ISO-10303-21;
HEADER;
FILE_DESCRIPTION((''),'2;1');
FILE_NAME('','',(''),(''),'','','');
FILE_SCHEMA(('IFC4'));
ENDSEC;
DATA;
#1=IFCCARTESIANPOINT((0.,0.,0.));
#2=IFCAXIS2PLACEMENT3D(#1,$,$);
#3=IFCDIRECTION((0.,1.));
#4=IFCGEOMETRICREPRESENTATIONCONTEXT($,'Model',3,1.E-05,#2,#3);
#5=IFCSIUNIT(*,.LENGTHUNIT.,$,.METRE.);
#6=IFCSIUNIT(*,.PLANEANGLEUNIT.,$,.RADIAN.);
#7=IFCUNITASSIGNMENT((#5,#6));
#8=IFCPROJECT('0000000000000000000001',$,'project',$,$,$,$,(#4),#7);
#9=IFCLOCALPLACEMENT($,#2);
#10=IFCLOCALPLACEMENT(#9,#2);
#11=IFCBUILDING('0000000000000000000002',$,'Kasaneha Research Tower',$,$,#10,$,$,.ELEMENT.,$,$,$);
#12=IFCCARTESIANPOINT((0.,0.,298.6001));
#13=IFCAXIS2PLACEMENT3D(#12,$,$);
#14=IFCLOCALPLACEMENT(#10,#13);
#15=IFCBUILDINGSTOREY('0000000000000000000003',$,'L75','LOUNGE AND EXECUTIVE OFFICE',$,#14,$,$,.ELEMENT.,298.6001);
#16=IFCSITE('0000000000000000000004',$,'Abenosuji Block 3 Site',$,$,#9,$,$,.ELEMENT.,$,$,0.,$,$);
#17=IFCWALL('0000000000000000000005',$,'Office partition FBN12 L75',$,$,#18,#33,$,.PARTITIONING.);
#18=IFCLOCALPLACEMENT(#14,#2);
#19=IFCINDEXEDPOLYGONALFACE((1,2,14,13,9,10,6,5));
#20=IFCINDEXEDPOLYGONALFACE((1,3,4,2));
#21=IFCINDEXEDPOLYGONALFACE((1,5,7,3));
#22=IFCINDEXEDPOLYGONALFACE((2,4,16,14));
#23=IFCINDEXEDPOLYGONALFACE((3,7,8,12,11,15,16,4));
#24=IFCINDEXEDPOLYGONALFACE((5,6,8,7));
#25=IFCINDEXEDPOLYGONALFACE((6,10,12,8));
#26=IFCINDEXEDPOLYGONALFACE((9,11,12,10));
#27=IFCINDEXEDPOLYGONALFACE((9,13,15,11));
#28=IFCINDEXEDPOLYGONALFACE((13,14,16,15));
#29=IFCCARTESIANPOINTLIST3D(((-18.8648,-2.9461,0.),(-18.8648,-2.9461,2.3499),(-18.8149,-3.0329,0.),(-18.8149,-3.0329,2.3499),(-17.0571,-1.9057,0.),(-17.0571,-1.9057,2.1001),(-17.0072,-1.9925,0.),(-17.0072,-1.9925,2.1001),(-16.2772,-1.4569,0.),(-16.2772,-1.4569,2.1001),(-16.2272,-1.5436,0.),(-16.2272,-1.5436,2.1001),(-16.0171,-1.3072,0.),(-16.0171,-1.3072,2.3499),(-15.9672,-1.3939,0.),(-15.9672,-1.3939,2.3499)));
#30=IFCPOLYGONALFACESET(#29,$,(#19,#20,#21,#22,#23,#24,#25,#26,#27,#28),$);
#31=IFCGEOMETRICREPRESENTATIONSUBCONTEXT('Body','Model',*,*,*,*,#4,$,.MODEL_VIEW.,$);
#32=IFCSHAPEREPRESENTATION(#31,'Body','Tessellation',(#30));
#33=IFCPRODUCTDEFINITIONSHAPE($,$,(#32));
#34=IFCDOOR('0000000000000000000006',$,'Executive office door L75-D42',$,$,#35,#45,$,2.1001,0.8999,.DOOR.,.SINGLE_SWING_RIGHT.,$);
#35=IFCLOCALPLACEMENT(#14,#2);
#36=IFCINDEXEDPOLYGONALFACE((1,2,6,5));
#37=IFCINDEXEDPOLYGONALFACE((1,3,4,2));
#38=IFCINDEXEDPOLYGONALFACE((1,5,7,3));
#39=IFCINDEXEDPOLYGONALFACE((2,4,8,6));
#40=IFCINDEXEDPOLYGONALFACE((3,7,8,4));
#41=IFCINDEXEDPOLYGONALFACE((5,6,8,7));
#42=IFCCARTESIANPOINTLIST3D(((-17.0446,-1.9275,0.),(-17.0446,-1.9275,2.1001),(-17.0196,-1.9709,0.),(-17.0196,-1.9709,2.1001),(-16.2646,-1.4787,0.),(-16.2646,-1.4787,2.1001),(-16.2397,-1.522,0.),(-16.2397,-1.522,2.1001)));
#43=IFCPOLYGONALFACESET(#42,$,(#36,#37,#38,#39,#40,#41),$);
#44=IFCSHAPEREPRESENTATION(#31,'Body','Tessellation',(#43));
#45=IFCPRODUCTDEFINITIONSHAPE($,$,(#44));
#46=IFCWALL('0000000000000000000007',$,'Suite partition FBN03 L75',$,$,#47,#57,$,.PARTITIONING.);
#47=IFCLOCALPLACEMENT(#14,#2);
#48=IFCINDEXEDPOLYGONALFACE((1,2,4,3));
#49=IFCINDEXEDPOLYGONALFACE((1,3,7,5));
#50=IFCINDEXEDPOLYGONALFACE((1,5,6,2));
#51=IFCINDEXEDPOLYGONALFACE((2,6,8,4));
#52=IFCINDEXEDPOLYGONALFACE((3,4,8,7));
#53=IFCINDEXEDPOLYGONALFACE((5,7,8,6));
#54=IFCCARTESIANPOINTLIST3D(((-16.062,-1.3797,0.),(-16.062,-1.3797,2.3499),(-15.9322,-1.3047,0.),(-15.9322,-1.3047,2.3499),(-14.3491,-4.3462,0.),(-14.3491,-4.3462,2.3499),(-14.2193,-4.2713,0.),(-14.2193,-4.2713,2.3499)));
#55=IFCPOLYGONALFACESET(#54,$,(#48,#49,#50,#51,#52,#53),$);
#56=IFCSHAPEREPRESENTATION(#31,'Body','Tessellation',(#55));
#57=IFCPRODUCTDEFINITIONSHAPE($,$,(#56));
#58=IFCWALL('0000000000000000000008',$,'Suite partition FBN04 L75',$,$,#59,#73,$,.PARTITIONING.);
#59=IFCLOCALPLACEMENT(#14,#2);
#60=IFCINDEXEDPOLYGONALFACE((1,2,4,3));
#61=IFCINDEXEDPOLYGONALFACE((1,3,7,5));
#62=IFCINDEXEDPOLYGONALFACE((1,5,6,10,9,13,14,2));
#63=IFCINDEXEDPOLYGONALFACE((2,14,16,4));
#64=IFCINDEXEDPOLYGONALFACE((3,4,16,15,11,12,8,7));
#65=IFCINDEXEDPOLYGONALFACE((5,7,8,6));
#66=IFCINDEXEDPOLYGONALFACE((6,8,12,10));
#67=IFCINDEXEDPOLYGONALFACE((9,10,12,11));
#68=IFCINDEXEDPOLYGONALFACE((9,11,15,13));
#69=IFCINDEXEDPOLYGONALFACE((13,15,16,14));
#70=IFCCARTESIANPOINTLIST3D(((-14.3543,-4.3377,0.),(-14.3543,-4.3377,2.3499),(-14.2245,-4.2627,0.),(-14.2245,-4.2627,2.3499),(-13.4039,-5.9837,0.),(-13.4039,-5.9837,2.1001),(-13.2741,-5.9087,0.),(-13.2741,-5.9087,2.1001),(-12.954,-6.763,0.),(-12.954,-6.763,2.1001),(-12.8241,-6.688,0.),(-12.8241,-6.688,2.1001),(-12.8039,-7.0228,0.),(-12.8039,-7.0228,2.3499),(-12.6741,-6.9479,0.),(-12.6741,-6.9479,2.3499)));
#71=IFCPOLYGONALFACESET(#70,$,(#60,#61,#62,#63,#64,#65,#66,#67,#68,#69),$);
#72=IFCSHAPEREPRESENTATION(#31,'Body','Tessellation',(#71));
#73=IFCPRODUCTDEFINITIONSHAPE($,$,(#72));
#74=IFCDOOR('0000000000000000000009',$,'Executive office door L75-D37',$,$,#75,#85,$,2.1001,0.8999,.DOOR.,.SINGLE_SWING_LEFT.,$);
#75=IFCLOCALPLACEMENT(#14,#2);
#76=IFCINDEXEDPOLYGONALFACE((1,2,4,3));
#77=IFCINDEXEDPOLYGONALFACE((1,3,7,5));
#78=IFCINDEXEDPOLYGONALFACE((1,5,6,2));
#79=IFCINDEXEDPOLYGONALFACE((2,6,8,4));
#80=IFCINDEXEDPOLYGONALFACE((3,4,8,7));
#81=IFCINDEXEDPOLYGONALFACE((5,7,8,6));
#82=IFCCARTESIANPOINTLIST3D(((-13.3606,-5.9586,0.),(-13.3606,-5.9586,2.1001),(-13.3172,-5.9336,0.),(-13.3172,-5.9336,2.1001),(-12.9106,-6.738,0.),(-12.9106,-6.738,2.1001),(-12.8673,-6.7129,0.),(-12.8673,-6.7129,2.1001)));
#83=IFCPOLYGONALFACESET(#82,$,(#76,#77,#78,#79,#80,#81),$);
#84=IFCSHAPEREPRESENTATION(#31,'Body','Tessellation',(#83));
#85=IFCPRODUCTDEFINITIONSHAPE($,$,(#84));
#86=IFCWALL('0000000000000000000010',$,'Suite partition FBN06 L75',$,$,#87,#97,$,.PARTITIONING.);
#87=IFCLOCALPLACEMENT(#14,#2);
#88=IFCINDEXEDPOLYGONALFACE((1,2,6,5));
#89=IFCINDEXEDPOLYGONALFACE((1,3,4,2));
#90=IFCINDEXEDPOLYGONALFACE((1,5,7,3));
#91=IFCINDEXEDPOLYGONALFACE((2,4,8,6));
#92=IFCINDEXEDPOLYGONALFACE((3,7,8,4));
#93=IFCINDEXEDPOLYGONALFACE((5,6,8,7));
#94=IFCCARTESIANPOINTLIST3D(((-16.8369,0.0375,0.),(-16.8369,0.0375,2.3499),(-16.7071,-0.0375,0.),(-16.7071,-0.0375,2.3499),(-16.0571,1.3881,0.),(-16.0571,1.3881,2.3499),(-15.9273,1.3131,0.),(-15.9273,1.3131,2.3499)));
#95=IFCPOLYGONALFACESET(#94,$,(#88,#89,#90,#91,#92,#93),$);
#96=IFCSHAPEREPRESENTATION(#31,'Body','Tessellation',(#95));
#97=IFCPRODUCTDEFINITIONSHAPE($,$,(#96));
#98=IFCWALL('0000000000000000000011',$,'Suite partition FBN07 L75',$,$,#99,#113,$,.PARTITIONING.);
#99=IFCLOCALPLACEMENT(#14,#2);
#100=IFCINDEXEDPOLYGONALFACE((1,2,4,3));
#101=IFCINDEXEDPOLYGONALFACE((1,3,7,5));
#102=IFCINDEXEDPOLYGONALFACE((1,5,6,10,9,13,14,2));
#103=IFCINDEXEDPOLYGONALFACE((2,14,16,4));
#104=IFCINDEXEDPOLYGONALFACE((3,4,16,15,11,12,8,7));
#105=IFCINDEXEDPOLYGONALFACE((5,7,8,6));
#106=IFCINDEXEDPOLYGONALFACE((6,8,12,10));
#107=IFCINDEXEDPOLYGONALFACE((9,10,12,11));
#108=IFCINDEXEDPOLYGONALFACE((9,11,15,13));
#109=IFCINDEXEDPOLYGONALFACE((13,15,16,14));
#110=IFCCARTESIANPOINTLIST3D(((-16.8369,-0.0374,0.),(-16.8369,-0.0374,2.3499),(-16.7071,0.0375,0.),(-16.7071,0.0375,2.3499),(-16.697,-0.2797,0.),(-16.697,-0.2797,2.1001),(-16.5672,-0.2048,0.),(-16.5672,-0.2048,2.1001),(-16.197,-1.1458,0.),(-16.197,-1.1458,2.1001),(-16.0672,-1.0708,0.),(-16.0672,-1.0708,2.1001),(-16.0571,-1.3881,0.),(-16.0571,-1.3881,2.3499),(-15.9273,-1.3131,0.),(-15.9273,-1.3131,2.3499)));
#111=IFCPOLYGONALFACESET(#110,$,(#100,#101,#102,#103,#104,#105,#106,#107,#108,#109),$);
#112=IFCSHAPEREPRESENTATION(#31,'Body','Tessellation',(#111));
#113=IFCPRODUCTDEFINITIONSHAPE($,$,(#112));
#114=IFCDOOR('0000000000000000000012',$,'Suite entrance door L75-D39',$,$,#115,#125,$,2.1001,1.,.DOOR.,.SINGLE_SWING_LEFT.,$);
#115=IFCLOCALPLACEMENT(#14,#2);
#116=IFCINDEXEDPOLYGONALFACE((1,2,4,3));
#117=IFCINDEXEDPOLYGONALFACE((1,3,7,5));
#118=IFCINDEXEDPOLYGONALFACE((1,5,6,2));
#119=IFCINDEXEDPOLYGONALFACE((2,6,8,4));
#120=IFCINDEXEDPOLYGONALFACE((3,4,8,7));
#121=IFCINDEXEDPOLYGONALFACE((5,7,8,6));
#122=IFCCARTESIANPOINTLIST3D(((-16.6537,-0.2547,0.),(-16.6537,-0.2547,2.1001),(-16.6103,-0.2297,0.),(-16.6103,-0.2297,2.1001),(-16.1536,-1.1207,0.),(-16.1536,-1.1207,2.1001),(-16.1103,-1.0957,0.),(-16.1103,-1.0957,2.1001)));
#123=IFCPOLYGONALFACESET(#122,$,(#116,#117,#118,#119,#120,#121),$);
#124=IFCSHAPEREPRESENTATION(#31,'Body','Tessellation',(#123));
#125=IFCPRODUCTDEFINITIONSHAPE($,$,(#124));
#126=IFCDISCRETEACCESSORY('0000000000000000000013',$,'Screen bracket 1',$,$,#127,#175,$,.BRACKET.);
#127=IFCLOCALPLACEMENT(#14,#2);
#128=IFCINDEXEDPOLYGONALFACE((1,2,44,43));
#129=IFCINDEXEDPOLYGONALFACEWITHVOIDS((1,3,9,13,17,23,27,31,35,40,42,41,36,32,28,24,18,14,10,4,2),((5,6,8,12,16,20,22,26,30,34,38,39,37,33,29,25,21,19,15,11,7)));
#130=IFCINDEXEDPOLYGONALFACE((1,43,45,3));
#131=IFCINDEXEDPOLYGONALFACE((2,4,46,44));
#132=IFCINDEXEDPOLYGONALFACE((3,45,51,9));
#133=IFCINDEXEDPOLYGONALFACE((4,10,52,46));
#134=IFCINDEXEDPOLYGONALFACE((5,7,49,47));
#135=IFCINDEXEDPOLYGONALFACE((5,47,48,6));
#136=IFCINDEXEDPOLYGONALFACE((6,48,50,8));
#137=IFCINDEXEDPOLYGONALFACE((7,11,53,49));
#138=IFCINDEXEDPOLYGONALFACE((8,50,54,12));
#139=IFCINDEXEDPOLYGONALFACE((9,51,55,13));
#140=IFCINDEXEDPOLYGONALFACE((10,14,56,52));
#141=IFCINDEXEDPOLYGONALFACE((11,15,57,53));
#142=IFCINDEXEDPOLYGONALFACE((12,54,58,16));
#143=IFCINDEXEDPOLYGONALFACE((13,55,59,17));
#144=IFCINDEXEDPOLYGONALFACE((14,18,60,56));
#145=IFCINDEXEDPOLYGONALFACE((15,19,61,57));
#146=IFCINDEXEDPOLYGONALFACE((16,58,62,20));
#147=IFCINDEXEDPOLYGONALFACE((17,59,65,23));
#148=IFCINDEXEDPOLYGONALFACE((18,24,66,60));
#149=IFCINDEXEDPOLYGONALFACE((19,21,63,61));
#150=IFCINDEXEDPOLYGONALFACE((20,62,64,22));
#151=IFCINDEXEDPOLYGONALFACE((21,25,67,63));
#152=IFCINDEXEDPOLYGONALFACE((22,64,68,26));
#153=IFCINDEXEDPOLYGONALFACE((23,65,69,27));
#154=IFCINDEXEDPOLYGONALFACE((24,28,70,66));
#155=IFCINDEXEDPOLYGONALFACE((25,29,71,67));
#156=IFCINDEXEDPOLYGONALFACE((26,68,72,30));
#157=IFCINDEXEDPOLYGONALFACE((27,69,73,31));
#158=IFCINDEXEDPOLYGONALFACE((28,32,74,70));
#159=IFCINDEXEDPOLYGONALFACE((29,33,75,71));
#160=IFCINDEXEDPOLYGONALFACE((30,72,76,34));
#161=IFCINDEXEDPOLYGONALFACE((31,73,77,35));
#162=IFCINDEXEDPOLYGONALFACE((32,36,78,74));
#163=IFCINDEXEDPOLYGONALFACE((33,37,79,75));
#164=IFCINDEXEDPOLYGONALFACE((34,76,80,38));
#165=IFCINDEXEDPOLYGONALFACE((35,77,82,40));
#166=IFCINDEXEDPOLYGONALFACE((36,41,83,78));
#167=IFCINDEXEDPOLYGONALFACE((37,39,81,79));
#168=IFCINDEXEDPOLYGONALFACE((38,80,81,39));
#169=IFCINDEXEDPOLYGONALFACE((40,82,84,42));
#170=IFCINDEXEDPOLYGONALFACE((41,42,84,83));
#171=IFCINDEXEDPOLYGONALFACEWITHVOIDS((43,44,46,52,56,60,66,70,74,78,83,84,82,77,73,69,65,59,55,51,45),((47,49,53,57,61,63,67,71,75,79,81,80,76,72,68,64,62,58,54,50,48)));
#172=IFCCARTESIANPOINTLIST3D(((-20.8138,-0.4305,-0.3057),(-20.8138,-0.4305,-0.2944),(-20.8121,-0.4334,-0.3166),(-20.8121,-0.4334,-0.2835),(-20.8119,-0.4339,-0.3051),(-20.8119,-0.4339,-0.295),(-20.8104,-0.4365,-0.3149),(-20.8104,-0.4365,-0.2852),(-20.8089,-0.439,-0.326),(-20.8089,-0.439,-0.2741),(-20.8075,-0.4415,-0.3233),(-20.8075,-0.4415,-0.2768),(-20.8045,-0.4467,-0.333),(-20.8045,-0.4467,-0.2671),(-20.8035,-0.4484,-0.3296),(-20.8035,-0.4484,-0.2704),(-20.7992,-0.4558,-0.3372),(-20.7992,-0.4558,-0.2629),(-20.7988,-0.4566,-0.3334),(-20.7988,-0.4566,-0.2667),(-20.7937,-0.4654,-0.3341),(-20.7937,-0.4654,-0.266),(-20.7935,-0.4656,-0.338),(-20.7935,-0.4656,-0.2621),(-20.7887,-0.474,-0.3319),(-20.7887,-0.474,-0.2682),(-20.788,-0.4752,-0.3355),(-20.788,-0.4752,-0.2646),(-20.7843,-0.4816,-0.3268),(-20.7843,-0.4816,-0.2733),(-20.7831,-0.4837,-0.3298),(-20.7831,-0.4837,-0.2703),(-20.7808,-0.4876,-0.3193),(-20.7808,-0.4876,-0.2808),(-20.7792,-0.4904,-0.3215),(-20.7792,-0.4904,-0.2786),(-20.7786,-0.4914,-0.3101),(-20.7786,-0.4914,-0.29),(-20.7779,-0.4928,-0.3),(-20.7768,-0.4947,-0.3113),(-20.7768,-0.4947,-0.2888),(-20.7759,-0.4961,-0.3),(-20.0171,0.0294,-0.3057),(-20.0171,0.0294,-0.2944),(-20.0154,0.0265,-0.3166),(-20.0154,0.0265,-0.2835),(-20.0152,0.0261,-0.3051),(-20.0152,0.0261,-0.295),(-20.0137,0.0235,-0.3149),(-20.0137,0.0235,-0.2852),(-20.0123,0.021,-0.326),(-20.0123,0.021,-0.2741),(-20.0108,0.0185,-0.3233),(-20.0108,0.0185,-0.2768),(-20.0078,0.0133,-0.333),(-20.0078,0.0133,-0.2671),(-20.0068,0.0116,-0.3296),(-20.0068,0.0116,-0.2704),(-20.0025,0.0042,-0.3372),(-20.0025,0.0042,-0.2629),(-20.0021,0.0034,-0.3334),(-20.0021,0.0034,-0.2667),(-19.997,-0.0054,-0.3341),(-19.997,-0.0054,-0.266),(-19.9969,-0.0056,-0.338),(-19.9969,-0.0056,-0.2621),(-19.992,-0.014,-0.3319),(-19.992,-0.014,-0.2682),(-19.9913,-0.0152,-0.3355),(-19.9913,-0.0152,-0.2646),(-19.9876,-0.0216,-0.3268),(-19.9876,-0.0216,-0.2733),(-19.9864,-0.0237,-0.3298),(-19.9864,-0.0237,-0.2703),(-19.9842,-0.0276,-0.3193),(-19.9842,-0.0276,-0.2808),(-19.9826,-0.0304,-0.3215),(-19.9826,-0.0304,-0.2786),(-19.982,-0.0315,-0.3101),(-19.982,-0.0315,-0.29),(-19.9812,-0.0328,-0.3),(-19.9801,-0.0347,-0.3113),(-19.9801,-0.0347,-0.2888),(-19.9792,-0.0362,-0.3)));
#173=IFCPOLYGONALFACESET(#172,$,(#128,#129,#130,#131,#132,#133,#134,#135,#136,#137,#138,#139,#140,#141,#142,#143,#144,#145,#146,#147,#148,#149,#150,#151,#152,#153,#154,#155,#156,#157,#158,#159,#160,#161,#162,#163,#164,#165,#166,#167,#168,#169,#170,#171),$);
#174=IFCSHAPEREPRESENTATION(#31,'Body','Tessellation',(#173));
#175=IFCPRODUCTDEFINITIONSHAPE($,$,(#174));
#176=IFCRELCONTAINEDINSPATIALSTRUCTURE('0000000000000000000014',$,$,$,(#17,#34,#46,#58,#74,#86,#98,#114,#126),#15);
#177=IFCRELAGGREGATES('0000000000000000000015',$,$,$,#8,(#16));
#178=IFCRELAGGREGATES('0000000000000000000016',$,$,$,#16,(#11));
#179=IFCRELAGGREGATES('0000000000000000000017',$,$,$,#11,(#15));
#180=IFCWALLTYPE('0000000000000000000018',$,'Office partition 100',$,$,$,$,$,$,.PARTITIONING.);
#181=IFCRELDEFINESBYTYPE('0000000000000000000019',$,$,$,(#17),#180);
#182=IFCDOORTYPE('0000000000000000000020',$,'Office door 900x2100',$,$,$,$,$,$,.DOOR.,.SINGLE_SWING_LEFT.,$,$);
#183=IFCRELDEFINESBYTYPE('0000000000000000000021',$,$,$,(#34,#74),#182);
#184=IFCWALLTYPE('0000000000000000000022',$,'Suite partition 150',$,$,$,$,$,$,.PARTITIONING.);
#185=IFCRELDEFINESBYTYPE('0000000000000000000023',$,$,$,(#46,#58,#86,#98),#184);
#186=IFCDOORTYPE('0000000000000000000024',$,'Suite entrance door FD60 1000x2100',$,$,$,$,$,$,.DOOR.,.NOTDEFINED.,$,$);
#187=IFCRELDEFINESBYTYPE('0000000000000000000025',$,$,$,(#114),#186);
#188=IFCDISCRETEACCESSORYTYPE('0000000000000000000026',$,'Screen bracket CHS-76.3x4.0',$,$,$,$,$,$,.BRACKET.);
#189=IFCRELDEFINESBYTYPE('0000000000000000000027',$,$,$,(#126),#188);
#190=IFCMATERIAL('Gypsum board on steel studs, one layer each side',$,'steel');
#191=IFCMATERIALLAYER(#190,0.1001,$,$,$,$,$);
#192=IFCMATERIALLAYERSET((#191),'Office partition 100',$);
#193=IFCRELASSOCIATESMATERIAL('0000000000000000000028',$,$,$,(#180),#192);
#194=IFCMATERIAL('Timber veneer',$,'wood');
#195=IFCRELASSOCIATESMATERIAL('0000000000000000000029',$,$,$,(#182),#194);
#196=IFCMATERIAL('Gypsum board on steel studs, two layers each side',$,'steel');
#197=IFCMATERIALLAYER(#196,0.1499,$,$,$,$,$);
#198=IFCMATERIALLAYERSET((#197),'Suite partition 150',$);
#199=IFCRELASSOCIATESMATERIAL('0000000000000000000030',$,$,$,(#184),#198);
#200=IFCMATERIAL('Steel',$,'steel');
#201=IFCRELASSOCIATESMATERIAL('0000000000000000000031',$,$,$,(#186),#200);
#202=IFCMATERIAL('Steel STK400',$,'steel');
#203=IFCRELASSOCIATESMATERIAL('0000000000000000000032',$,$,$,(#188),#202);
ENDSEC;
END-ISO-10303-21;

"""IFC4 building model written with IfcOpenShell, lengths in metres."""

from ifc_helpers import new_model, si_unit, direction, frame, frame_2d, origin, origin_2d, place, context, subcontext, project, spatial, rectangle, hollow_circle, extrude, material, layer, layer_set, material_profile, profile_set, type_object, element, fill, save


model = new_model("IFC4")

# Units and contexts
model_context = context("Model", 3, precision=1e-05, world=origin(), true_north=direction((0.0, 1.0)))
body_context = subcontext(model_context, "Body", "Model", "MODEL_VIEW")
ifc_project = project(units=[si_unit("LENGTHUNIT", "METRE"), si_unit("PLANEANGLEUNIT", "RADIAN")], contexts=[model_context])

# Site, building, storey
site_placement = place(None, origin())
site = spatial("IfcSite", under=ifc_project, at=site_placement, Name="Abenosuji Block 3 Site", CompositionType="ELEMENT", RefElevation=0.0)
building_placement = place(site_placement, origin())
building = spatial("IfcBuilding", under=site, at=building_placement, Name="Kasaneha Research Tower", CompositionType="ELEMENT")
storey_placement = place(building_placement, frame((0.0, 0.0, 298.6001)))
storey = spatial("IfcBuildingStorey", under=building, at=storey_placement, Name="L75", Description="LOUNGE AND EXECUTIVE OFFICE", CompositionType="ELEMENT", Elevation=298.6001)

# Shared definitions
ifc_material_1 = material(Name="Gypsum board on steel studs, one layer each side", Category="steel")
ifc_layer_1 = layer(ifc_material_1, 0.1001)
ifc_layer_set_1 = layer_set([ifc_layer_1], Name="Office partition 100")
wall_type_1 = type_object("IfcWallType", Name="Office partition 100", PredefinedType="PARTITIONING", material=ifc_layer_set_1)

# Wall, opening, door
wall_1_placement = place(storey_placement, frame((-18.8398, -2.9895, 0.0), z_axis=(0.0, 0.0, 1.0), x_axis=(0.866707, 0.498817, 0.0)))
wall_1 = element("IfcWall", 1, at=wall_1_placement, inside=storey, type_object=wall_type_1, Name="Office partition FBN12 L75", PredefinedType="PARTITIONING", context=body_context, shape_type="SweptSolid", body=[
    extrude(rectangle(XDim=3.2856, YDim=0.1001, at=frame_2d((1.6428, 0.0))), origin(), (0.0, 0.0, 1.0), 2.3499),
])
opening_1_placement = place(wall_1_placement, frame((2.0857, 0.0, 0.0)))
opening_1 = element("IfcOpeningElement", 2, at=opening_1_placement, cuts=wall_1, PredefinedType="OPENING", context=body_context, shape_type="SweptSolid", body=[
    extrude(rectangle(XDim=0.8999, YDim=2.1001, at=frame_2d((0.45, 1.05))), frame((0.0, 0.0601, 0.0), z_axis=(0.0, -1.0, 0.0), x_axis=(1.0, 0.0, 0.0)), (0.0, 0.0, 1.0), 0.1201),
])
ifc_material_2 = material(Name="Timber veneer", Category="wood")
door_type_1 = type_object("IfcDoorType", Name="Office door 900x2100", OperationType="SINGLE_SWING_LEFT", PredefinedType="DOOR", material=ifc_material_2)
door_1_placement = place(opening_1_placement, origin())
door_1 = element("IfcDoor", 3, at=door_1_placement, inside=storey, type_object=door_type_1, Name="Executive office door L75-D42", OperationType="SINGLE_SWING_RIGHT", OverallHeight=2.1001, OverallWidth=0.8999, PredefinedType="DOOR", context=body_context, shape_type="SweptSolid", body=[
    extrude(rectangle(XDim=0.8999, YDim=2.1001, at=frame_2d((0.45, 1.05))), frame((0.0, 0.0249, 0.0), z_axis=(0.0, -1.0, 0.0), x_axis=(1.0, 0.0, 0.0)), (0.0, 0.0, 1.0), 0.05),
])
fill(opening_1, door_1)

# Wall
ifc_material_3 = material(Name="Gypsum board on steel studs, two layers each side", Category="steel")
ifc_layer_2 = layer(ifc_material_3, 0.1499)
ifc_layer_set_2 = layer_set([ifc_layer_2], Name="Suite partition 150")
wall_type_2 = type_object("IfcWallType", Name="Suite partition 150", PredefinedType="PARTITIONING", material=ifc_layer_set_2)
wall_2_placement = place(storey_placement, frame((-14.2842, -4.3088, 0.0), z_axis=(0.0, 0.0, 1.0), x_axis=(-0.500033, 0.866006, 0.0)))
element("IfcWall", 4, at=wall_2_placement, inside=storey, type_object=wall_type_2, Name="Suite partition FBN03 L75", PredefinedType="PARTITIONING", context=body_context, shape_type="SweptSolid", body=[
    extrude(rectangle(XDim=3.4255, YDim=0.1499, at=frame_2d((1.7129, 0.0))), origin(), (0.0, 0.0, 1.0), 2.3499),
])

# Wall, opening, door
wall_3_placement = place(storey_placement, frame((-12.739, -6.9854, 0.0), z_axis=(0.0, 0.0, 1.0), x_axis=(-0.500018, 0.866015, 0.0)))
wall_3 = element("IfcWall", 5, at=wall_3_placement, inside=storey, type_object=wall_type_2, Name="Suite partition FBN04 L75", PredefinedType="PARTITIONING", context=body_context, shape_type="SweptSolid", body=[
    extrude(rectangle(XDim=3.1006, YDim=0.1499, at=frame_2d((1.5503, 0.0))), origin(), (0.0, 0.0, 1.0), 2.3499),
])
opening_2_placement = place(wall_3_placement, frame((0.3, 0.0, 0.0)))
opening_2 = element("IfcOpeningElement", 6, at=opening_2_placement, cuts=wall_3, PredefinedType="OPENING", context=body_context, shape_type="SweptSolid", body=[
    extrude(rectangle(XDim=0.8999, YDim=2.1001, at=frame_2d((0.45, 1.05))), frame((0.0, 0.085, 0.0), z_axis=(0.0, -1.0, 0.0), x_axis=(1.0, 0.0, 0.0)), (0.0, 0.0, 1.0), 0.1699),
])
door_2_placement = place(opening_2_placement, origin())
door_2 = element("IfcDoor", 7, at=door_2_placement, inside=storey, type_object=door_type_1, Name="Executive office door L75-D37", OperationType="SINGLE_SWING_LEFT", OverallHeight=2.1001, OverallWidth=0.8999, PredefinedType="DOOR", context=body_context, shape_type="SweptSolid", body=[
    extrude(rectangle(XDim=0.8999, YDim=2.1001, at=frame_2d((0.45, 1.05))), frame((0.0, 0.0249, 0.0), z_axis=(0.0, -1.0, 0.0), x_axis=(1.0, 0.0, 0.0)), (0.0, 0.0, 1.0), 0.05),
])
fill(opening_2, door_2)

# Wall
wall_4_placement = place(storey_placement, frame((-16.772, 0.0, 0.0), z_axis=(0.0, 0.0, 1.0), x_axis=(0.500012, 0.866019, 0.0)))
element("IfcWall", 8, at=wall_4_placement, inside=storey, type_object=wall_type_2, Name="Suite partition FBN06 L75", PredefinedType="PARTITIONING", context=body_context, shape_type="SweptSolid", body=[
    extrude(rectangle(XDim=1.5596, YDim=0.1499, at=frame_2d((0.7798, 0.0))), origin(), (0.0, 0.0, 1.0), 2.3499),
])

# Wall, opening, door
wall_5_placement = place(storey_placement, frame((-15.9922, -1.3506, 0.0), z_axis=(0.0, 0.0, 1.0), x_axis=(-0.500012, 0.866019, 0.0)))
wall_5 = element("IfcWall", 9, at=wall_5_placement, inside=storey, type_object=wall_type_2, Name="Suite partition FBN07 L75", PredefinedType="PARTITIONING", context=body_context, shape_type="SweptSolid", body=[
    extrude(rectangle(XDim=1.5596, YDim=0.1499, at=frame_2d((0.7798, 0.0))), origin(), (0.0, 0.0, 1.0), 2.3499),
])
opening_3_placement = place(wall_5_placement, frame((0.2798, 0.0, 0.0)))
opening_3 = element("IfcOpeningElement", 10, at=opening_3_placement, cuts=wall_5, PredefinedType="OPENING", context=body_context, shape_type="SweptSolid", body=[
    extrude(rectangle(XDim=1.0, YDim=2.1001, at=frame_2d((0.5, 1.05))), frame((0.0, 0.085, 0.0), z_axis=(0.0, -1.0, 0.0), x_axis=(1.0, 0.0, 0.0)), (0.0, 0.0, 1.0), 0.1699),
])
ifc_material_4 = material(Name="Steel", Category="steel")
door_type_2 = type_object("IfcDoorType", Name="Suite entrance door FD60 1000x2100", OperationType="NOTDEFINED", PredefinedType="DOOR", material=ifc_material_4)
door_3_placement = place(opening_3_placement, origin())
door_3 = element("IfcDoor", 11, at=door_3_placement, inside=storey, type_object=door_type_2, Name="Suite entrance door L75-D39", OperationType="SINGLE_SWING_LEFT", OverallHeight=2.1001, OverallWidth=1.0, PredefinedType="DOOR", context=body_context, shape_type="SweptSolid", body=[
    extrude(rectangle(XDim=1.0, YDim=2.1001, at=frame_2d((0.5, 1.05))), frame((0.0, 0.0249, 0.0), z_axis=(0.0, -1.0, 0.0), x_axis=(1.0, 0.0, 0.0)), (0.0, 0.0, 1.0), 0.05),
])
fill(opening_3, door_3)

# Discrete accessory
ifc_material_5 = material(Name="Steel STK400", Category="steel")
ifc_material_profile_1 = material_profile(ifc_material_5, hollow_circle(Radius=0.0381, WallThickness=0.0039, at=origin_2d()), Name="CHS-76.3x4.0")
ifc_profile_set_1 = profile_set([ifc_material_profile_1], Name="Steel STK400")
discrete_accessory_type = type_object("IfcDiscreteAccessoryType", Name="Screen bracket CHS-76.3x4.0", PredefinedType="BRACKET", material=ifc_profile_set_1)
discrete_accessory_placement = place(storey_placement, frame((-19.9983, -0.0032, -0.3), z_axis=(-0.866013, -0.500021, 0.0), x_axis=(0.500021, -0.866013, 0.0)))
element("IfcDiscreteAccessory", 12, at=discrete_accessory_placement, inside=storey, type_object=discrete_accessory_type, Name="Screen bracket 1", PredefinedType="BRACKET", context=body_context, shape_type="SweptSolid", body=[
    extrude(hollow_circle(Radius=0.0381, WallThickness=0.0039, at=origin_2d()), origin(), (0.0, 0.0, 1.0), 0.9199),
])

save(model, "model.ifc")
